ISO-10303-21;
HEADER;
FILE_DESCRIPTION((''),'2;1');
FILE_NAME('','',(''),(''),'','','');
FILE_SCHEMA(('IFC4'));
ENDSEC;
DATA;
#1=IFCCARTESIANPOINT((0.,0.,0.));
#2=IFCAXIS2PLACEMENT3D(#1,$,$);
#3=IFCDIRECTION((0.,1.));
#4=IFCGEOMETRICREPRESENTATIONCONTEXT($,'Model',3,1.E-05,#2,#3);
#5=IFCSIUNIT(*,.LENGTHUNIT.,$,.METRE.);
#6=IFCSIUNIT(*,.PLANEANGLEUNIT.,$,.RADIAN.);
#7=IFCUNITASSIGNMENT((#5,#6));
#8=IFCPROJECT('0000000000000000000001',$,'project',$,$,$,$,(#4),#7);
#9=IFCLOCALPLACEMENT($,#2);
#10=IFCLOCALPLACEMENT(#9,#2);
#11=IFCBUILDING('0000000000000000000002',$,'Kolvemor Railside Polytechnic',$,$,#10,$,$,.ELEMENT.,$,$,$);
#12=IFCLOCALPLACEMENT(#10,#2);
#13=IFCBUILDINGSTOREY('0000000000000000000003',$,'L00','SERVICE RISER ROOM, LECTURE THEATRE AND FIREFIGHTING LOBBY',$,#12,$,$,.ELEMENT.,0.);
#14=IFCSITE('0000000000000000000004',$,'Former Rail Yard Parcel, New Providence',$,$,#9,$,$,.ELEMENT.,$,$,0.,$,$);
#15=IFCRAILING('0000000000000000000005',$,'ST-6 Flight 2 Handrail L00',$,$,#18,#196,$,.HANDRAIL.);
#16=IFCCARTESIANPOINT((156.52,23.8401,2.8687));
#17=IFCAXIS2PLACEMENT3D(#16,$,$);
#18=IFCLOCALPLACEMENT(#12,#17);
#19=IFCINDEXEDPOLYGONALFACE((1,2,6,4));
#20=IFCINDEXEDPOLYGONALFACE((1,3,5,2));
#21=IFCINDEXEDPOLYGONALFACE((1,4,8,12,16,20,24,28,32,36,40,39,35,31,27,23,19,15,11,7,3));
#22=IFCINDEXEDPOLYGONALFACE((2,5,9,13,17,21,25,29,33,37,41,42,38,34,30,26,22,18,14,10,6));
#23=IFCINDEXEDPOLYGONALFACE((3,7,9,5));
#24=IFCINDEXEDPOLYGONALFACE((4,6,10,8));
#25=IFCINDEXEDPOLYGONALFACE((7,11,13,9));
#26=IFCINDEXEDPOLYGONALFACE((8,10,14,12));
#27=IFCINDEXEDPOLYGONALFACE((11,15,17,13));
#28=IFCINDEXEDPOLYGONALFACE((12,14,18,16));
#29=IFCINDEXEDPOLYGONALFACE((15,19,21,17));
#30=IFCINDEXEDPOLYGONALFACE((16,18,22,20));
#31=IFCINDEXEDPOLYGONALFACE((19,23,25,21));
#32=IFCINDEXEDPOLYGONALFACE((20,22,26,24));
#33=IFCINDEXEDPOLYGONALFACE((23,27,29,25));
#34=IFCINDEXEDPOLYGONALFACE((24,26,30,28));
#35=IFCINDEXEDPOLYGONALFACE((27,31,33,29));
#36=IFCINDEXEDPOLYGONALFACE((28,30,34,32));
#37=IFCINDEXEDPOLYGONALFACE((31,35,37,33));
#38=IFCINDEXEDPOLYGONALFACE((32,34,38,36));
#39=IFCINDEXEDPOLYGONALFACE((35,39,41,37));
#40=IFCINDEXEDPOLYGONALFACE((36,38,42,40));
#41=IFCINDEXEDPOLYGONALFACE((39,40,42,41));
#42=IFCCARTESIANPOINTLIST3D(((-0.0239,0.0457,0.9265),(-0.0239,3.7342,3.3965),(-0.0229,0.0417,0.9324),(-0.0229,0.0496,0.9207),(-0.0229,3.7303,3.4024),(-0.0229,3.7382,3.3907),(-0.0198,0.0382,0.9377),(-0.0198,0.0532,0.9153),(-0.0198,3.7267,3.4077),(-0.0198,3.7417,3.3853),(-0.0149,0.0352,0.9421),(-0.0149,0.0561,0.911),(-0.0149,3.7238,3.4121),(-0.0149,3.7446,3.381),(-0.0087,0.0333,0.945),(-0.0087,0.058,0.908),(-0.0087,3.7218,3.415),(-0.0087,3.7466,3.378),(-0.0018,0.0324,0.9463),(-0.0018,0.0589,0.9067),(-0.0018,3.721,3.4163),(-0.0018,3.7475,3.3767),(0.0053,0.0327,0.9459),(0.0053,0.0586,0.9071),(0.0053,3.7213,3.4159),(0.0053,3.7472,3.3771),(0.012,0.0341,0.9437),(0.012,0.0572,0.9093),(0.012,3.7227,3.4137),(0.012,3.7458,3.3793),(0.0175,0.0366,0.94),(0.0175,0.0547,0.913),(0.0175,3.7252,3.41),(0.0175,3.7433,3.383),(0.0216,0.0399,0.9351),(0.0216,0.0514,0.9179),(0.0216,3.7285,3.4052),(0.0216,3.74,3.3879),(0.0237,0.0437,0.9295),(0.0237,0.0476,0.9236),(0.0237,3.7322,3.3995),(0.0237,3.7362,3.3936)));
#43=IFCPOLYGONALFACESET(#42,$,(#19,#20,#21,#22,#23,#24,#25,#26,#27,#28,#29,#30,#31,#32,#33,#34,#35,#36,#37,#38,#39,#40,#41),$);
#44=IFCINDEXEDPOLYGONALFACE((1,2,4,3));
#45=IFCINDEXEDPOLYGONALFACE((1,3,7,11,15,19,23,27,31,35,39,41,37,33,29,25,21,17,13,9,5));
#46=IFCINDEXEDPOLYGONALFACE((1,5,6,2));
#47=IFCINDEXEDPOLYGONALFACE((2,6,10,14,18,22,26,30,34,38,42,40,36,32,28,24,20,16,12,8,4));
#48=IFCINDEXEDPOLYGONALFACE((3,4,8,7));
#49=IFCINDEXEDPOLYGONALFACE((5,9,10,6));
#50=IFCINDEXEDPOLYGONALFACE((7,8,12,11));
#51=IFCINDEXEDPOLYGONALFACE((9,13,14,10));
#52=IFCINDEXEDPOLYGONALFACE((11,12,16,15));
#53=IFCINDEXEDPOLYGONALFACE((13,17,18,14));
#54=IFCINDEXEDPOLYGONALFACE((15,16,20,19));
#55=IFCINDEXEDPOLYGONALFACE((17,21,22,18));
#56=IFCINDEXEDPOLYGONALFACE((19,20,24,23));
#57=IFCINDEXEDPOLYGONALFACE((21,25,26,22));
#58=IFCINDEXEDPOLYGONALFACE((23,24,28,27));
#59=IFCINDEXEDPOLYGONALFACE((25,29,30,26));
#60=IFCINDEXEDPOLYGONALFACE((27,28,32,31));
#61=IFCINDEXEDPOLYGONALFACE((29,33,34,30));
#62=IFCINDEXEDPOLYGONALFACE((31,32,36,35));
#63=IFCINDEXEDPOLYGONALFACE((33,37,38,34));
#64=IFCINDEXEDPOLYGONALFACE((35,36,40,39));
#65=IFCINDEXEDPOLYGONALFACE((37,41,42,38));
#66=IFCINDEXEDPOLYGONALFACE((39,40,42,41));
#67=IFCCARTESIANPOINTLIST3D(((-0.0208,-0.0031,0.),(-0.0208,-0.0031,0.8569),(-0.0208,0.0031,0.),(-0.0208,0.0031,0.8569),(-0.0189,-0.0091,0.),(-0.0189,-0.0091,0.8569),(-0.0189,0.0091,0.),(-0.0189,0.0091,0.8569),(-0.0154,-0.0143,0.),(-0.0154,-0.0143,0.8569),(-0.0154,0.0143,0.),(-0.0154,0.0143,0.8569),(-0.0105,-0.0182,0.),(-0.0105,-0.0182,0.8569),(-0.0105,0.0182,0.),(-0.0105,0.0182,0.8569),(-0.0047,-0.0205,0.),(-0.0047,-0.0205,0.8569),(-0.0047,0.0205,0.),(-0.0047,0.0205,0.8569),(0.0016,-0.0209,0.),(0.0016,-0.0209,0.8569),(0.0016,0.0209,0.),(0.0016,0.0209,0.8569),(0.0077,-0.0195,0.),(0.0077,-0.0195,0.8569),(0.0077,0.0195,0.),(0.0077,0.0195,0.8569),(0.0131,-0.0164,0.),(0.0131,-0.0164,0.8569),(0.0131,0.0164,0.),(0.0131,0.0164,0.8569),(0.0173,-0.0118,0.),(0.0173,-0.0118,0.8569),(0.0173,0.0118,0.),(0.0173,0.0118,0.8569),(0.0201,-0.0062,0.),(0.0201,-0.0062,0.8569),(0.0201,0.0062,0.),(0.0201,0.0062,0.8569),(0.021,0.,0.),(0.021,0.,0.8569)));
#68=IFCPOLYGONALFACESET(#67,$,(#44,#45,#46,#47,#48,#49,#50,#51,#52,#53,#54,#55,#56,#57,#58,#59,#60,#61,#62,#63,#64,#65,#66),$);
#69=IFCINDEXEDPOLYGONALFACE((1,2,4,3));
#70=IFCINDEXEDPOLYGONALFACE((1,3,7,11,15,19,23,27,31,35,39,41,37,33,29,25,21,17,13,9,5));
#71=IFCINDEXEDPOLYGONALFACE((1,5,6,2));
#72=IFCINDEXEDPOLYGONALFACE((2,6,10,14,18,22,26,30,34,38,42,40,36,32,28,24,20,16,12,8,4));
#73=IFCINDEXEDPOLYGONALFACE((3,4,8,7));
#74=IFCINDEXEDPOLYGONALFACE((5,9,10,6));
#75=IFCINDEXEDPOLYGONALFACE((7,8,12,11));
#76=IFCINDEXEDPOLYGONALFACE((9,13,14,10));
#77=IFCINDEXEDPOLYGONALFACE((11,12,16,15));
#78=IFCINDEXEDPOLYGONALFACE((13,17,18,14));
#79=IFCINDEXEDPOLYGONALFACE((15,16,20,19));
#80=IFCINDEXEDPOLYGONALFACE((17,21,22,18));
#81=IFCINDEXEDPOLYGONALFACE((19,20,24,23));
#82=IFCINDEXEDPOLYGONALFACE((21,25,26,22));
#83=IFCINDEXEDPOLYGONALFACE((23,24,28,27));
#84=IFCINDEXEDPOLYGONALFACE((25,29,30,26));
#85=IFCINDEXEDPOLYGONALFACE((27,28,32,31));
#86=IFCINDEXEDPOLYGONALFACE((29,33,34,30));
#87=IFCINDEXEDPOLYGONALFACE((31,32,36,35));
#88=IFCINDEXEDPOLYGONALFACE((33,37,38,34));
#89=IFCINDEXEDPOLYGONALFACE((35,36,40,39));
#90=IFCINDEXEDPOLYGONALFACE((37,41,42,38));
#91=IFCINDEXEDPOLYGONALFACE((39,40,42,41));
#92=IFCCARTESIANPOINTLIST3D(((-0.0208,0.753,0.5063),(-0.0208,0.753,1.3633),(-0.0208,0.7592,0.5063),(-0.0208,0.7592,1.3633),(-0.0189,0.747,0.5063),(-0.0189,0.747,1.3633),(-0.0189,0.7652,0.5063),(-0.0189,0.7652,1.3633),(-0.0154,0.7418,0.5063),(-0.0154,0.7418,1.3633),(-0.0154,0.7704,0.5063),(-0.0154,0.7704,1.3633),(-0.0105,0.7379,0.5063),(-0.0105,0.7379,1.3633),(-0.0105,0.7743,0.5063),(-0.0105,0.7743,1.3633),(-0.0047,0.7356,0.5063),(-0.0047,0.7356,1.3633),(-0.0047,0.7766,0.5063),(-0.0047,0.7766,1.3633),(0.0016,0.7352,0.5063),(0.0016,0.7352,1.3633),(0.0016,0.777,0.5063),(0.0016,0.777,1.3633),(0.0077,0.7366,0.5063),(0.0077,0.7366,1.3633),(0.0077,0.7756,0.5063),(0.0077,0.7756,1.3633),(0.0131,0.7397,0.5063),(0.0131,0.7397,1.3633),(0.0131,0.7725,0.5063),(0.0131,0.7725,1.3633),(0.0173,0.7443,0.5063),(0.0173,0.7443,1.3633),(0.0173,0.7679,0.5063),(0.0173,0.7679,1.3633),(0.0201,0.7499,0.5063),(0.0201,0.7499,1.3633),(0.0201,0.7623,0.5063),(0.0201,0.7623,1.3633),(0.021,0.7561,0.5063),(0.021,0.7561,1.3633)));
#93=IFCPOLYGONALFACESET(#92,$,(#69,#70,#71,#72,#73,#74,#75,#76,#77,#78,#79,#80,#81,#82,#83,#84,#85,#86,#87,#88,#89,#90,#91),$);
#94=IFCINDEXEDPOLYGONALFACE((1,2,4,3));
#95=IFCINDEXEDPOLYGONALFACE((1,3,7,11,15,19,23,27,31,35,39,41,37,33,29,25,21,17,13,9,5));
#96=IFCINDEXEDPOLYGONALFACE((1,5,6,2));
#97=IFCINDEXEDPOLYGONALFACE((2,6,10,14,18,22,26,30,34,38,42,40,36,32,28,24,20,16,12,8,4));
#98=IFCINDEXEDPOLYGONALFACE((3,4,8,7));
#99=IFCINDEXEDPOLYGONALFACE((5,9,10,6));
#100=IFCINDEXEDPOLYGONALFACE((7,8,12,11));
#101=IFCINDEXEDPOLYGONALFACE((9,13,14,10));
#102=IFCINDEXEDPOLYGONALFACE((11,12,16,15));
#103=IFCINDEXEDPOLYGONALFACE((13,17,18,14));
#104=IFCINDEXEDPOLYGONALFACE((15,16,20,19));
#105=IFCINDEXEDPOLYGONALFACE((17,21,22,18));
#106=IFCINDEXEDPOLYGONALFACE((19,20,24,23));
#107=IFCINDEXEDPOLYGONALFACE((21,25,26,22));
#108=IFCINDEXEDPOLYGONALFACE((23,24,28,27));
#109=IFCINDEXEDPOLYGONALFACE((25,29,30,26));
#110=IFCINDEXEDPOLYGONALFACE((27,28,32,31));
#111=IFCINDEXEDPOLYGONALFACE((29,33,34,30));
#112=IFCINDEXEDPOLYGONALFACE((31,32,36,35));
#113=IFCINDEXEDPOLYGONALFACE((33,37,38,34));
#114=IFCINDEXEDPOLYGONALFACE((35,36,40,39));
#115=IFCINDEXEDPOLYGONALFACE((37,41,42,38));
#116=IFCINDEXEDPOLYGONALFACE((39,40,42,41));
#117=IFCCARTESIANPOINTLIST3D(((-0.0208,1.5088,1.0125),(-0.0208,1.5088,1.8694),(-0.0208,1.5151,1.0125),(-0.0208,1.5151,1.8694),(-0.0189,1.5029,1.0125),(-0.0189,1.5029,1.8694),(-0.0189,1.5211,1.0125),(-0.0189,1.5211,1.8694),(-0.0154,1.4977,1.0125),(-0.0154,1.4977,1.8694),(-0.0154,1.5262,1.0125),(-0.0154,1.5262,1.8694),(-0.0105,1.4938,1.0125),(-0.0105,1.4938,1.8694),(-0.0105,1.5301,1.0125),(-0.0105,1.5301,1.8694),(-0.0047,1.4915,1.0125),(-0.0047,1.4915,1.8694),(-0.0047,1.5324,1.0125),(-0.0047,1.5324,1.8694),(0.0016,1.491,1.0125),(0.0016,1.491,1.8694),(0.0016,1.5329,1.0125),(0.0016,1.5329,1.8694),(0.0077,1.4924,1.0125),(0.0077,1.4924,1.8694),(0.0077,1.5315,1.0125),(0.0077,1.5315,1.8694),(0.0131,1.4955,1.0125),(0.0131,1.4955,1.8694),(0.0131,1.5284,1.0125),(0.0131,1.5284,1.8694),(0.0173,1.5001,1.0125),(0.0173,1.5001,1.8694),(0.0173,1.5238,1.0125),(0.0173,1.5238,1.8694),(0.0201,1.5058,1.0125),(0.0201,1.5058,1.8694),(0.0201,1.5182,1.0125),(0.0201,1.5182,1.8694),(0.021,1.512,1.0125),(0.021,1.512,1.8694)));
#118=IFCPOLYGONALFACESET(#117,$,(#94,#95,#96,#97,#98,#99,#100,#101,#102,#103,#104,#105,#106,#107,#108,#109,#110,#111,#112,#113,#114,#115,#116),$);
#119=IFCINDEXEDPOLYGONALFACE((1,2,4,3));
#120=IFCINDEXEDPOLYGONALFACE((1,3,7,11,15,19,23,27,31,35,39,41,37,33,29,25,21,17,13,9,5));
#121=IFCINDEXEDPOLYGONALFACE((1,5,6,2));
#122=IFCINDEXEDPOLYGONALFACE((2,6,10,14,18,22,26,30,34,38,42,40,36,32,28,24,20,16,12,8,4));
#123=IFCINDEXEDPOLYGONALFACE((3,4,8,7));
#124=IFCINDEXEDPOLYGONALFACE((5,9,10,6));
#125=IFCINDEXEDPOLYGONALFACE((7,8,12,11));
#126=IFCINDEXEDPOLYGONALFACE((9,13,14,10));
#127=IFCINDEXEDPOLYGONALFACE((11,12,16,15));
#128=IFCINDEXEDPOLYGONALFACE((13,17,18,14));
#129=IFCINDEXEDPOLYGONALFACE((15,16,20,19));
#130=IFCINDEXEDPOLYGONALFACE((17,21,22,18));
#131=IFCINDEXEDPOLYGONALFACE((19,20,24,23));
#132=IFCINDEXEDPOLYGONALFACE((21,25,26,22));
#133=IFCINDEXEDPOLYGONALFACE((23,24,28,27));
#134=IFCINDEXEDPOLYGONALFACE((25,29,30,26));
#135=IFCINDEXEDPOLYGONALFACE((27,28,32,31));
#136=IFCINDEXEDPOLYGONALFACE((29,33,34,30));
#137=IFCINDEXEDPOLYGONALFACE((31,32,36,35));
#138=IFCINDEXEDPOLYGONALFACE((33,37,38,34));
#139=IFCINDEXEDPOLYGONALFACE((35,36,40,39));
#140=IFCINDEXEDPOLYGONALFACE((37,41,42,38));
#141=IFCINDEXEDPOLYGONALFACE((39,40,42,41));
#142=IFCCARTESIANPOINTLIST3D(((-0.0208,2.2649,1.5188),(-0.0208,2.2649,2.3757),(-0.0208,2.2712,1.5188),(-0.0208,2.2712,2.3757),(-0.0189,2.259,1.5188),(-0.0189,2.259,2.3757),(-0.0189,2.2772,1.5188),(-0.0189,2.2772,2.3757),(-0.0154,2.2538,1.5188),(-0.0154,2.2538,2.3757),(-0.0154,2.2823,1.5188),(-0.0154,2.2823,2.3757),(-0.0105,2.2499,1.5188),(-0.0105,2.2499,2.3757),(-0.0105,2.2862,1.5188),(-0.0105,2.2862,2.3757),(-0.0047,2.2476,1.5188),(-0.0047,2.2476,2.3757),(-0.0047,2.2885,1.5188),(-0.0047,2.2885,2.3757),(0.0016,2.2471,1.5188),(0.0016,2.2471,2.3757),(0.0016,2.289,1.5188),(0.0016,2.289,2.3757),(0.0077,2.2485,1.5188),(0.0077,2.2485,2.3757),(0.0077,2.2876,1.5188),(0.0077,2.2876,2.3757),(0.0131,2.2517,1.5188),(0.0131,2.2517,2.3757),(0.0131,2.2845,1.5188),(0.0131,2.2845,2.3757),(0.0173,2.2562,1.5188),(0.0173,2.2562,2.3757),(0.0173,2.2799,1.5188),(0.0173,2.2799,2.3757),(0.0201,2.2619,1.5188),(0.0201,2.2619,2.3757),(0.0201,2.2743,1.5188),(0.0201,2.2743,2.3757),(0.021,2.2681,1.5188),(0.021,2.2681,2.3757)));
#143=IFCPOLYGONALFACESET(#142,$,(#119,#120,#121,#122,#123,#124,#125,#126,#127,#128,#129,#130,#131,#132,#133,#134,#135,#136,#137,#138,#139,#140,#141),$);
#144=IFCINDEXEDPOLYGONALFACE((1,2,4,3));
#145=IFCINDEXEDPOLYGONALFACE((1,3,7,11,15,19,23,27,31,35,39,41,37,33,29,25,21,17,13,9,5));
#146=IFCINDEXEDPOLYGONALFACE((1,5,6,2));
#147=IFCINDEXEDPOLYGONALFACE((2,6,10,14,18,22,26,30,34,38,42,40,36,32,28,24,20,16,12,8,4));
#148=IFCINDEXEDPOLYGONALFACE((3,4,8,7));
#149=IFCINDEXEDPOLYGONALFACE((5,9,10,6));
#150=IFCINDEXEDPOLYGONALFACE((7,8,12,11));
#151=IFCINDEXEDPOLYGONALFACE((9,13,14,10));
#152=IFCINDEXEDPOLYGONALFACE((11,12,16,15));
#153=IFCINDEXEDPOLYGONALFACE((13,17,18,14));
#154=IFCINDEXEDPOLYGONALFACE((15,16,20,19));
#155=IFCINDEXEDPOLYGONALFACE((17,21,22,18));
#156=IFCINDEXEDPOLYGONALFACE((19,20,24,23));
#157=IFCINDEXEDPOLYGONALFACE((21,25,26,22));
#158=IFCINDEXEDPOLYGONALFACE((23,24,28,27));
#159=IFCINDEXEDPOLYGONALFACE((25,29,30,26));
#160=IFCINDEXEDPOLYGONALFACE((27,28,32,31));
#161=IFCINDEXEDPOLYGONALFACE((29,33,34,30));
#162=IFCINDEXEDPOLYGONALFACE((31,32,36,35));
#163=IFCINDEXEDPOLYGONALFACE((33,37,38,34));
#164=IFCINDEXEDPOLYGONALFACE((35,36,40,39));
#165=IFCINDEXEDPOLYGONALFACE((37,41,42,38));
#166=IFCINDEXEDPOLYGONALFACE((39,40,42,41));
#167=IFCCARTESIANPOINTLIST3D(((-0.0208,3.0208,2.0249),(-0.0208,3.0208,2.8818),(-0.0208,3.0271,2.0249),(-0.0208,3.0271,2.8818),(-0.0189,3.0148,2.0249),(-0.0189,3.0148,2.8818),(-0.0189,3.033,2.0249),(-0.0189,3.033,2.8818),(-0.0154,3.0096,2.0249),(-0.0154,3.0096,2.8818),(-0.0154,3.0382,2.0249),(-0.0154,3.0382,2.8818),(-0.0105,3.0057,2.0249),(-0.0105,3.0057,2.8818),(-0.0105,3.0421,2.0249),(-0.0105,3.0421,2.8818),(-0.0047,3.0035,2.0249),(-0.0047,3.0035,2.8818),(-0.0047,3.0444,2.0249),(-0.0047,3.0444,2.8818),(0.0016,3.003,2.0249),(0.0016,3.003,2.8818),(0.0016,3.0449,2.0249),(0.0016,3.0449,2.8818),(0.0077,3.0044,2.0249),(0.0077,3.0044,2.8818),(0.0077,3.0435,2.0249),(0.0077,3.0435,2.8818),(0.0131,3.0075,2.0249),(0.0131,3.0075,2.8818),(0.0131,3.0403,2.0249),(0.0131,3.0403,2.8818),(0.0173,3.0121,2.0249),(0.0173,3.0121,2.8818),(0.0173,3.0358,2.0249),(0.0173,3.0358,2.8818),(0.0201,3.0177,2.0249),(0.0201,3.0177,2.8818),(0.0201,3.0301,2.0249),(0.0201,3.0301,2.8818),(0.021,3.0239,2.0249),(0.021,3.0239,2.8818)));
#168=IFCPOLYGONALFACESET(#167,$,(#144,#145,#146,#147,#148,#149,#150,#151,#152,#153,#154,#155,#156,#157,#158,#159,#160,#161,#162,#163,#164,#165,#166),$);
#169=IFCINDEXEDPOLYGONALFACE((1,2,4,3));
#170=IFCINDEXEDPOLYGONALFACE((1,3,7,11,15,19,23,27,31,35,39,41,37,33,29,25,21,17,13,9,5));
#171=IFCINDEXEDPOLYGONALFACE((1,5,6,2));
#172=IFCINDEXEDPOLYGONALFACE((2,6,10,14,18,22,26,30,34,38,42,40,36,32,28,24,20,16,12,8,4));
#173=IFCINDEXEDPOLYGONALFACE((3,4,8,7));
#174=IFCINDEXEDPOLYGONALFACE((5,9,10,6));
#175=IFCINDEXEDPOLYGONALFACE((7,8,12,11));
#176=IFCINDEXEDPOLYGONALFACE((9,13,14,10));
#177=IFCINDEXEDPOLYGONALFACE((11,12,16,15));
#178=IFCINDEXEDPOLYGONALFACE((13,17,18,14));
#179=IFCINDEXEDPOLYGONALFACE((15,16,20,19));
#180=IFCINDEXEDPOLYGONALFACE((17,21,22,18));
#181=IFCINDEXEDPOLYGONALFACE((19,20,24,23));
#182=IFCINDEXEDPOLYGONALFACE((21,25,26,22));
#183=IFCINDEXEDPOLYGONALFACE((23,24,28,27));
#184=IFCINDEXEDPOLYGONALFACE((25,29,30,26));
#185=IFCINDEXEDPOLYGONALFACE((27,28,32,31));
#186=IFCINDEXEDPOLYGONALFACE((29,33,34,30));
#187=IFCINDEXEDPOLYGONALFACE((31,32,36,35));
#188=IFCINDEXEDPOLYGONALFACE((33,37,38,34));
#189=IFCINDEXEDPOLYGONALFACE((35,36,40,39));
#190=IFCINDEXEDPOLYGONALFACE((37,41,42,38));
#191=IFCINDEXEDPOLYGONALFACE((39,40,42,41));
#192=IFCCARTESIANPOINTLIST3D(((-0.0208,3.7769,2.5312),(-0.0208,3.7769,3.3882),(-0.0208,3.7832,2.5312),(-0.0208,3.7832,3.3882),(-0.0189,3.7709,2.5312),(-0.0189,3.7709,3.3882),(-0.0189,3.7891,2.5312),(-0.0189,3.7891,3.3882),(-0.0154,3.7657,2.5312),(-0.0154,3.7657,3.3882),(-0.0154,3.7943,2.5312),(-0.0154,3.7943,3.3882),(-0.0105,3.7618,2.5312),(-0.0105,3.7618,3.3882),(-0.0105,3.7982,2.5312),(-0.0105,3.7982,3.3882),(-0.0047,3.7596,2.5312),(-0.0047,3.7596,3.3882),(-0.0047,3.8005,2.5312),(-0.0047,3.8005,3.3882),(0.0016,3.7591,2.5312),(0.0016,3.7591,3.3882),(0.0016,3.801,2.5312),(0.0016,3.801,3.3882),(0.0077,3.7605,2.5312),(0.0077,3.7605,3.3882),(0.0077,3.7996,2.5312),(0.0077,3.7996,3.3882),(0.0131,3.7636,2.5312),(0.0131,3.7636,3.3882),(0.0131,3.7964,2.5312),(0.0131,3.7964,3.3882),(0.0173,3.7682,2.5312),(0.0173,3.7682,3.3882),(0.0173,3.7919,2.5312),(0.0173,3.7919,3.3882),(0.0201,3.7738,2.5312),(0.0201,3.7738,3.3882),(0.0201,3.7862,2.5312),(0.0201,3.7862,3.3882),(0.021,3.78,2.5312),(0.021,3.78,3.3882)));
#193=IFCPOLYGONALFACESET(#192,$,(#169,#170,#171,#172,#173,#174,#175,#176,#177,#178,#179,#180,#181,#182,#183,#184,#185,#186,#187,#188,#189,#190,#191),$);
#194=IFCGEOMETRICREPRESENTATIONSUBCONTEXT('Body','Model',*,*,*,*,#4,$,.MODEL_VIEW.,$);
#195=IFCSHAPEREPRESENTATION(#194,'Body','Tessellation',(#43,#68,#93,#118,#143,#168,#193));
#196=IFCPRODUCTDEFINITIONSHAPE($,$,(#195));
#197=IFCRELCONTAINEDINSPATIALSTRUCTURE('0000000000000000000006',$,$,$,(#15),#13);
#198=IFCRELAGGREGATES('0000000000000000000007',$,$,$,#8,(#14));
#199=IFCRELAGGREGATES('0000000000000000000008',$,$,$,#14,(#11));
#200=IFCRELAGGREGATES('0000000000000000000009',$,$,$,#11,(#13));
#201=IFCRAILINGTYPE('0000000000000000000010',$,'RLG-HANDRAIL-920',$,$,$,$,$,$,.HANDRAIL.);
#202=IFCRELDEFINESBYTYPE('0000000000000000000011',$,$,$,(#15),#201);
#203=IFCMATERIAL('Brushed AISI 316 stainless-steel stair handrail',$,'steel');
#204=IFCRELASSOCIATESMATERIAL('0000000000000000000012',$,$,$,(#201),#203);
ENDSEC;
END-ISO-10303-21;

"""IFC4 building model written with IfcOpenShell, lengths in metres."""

from ifc_helpers import new_model, si_unit, direction, frame, origin, origin_2d, place, context, subcontext, project, spatial, circle, extrude, material, type_object, element, save


model = new_model("IFC4")

# Units and contexts
model_context = context("Model", 3, precision=1e-05, world=origin(), true_north=direction((0.0, 1.0)))
body_context = subcontext(model_context, "Body", "Model", "MODEL_VIEW")
ifc_project = project(units=[si_unit("LENGTHUNIT", "METRE"), si_unit("PLANEANGLEUNIT", "RADIAN")], contexts=[model_context])

# Site, building, storey
site_placement = place(None, origin())
site = spatial("IfcSite", under=ifc_project, at=site_placement, Name="Former Rail Yard Parcel, New Providence", CompositionType="ELEMENT", RefElevation=0.0)
building_placement = place(site_placement, origin())
building = spatial("IfcBuilding", under=site, at=building_placement, Name="Kolvemor Railside Polytechnic", CompositionType="ELEMENT")
storey_placement = place(building_placement, origin())
storey = spatial("IfcBuildingStorey", under=building, at=storey_placement, Name="L00", Description="SERVICE RISER ROOM, LECTURE THEATRE AND FIREFIGHTING LOBBY", CompositionType="ELEMENT", Elevation=0.0)

# Railing
ifc_material_1 = material(Name="Brushed AISI 316 stainless-steel stair handrail", Category="steel")
railing_type_1 = type_object("IfcRailingType", Name="RLG-HANDRAIL-920", PredefinedType="HANDRAIL", material=ifc_material_1)
railing_1_placement = place(storey_placement, frame((156.52, 23.8401, 2.8687)))
element("IfcRailing", 1, at=railing_1_placement, inside=storey, type_object=railing_type_1, Name="ST-6 Flight 2 Handrail L00", PredefinedType="HANDRAIL", context=body_context, shape_type="SweptSolid", body=[
    extrude(circle(Radius=0.0239, at=origin_2d()), frame((0.0, 0.0457, 0.9265), z_axis=(0.0, 0.830909, 0.556408), x_axis=(-1.0, 0.0, 0.0)), (0.0, 0.0, 1.0), 4.4392),
    extrude(circle(Radius=0.021, at=origin_2d()), origin(), (0.0, 0.0, 1.0), 0.8569),
    extrude(circle(Radius=0.021, at=origin_2d()), frame((0.0, 0.7561, 0.5063)), (0.0, 0.0, 1.0), 0.8569),
    extrude(circle(Radius=0.021, at=origin_2d()), frame((0.0, 1.512, 1.0125)), (0.0, 0.0, 1.0), 0.8569),
    extrude(circle(Radius=0.021, at=origin_2d()), frame((0.0, 2.2681, 1.5188)), (0.0, 0.0, 1.0), 0.8569),
    extrude(circle(Radius=0.021, at=origin_2d()), frame((0.0, 3.0239, 2.0249)), (0.0, 0.0, 1.0), 0.8569),
    extrude(circle(Radius=0.021, at=origin_2d()), frame((0.0, 3.78, 2.5312)), (0.0, 0.0, 1.0), 0.8569),
])

save(model, "model.ifc")
